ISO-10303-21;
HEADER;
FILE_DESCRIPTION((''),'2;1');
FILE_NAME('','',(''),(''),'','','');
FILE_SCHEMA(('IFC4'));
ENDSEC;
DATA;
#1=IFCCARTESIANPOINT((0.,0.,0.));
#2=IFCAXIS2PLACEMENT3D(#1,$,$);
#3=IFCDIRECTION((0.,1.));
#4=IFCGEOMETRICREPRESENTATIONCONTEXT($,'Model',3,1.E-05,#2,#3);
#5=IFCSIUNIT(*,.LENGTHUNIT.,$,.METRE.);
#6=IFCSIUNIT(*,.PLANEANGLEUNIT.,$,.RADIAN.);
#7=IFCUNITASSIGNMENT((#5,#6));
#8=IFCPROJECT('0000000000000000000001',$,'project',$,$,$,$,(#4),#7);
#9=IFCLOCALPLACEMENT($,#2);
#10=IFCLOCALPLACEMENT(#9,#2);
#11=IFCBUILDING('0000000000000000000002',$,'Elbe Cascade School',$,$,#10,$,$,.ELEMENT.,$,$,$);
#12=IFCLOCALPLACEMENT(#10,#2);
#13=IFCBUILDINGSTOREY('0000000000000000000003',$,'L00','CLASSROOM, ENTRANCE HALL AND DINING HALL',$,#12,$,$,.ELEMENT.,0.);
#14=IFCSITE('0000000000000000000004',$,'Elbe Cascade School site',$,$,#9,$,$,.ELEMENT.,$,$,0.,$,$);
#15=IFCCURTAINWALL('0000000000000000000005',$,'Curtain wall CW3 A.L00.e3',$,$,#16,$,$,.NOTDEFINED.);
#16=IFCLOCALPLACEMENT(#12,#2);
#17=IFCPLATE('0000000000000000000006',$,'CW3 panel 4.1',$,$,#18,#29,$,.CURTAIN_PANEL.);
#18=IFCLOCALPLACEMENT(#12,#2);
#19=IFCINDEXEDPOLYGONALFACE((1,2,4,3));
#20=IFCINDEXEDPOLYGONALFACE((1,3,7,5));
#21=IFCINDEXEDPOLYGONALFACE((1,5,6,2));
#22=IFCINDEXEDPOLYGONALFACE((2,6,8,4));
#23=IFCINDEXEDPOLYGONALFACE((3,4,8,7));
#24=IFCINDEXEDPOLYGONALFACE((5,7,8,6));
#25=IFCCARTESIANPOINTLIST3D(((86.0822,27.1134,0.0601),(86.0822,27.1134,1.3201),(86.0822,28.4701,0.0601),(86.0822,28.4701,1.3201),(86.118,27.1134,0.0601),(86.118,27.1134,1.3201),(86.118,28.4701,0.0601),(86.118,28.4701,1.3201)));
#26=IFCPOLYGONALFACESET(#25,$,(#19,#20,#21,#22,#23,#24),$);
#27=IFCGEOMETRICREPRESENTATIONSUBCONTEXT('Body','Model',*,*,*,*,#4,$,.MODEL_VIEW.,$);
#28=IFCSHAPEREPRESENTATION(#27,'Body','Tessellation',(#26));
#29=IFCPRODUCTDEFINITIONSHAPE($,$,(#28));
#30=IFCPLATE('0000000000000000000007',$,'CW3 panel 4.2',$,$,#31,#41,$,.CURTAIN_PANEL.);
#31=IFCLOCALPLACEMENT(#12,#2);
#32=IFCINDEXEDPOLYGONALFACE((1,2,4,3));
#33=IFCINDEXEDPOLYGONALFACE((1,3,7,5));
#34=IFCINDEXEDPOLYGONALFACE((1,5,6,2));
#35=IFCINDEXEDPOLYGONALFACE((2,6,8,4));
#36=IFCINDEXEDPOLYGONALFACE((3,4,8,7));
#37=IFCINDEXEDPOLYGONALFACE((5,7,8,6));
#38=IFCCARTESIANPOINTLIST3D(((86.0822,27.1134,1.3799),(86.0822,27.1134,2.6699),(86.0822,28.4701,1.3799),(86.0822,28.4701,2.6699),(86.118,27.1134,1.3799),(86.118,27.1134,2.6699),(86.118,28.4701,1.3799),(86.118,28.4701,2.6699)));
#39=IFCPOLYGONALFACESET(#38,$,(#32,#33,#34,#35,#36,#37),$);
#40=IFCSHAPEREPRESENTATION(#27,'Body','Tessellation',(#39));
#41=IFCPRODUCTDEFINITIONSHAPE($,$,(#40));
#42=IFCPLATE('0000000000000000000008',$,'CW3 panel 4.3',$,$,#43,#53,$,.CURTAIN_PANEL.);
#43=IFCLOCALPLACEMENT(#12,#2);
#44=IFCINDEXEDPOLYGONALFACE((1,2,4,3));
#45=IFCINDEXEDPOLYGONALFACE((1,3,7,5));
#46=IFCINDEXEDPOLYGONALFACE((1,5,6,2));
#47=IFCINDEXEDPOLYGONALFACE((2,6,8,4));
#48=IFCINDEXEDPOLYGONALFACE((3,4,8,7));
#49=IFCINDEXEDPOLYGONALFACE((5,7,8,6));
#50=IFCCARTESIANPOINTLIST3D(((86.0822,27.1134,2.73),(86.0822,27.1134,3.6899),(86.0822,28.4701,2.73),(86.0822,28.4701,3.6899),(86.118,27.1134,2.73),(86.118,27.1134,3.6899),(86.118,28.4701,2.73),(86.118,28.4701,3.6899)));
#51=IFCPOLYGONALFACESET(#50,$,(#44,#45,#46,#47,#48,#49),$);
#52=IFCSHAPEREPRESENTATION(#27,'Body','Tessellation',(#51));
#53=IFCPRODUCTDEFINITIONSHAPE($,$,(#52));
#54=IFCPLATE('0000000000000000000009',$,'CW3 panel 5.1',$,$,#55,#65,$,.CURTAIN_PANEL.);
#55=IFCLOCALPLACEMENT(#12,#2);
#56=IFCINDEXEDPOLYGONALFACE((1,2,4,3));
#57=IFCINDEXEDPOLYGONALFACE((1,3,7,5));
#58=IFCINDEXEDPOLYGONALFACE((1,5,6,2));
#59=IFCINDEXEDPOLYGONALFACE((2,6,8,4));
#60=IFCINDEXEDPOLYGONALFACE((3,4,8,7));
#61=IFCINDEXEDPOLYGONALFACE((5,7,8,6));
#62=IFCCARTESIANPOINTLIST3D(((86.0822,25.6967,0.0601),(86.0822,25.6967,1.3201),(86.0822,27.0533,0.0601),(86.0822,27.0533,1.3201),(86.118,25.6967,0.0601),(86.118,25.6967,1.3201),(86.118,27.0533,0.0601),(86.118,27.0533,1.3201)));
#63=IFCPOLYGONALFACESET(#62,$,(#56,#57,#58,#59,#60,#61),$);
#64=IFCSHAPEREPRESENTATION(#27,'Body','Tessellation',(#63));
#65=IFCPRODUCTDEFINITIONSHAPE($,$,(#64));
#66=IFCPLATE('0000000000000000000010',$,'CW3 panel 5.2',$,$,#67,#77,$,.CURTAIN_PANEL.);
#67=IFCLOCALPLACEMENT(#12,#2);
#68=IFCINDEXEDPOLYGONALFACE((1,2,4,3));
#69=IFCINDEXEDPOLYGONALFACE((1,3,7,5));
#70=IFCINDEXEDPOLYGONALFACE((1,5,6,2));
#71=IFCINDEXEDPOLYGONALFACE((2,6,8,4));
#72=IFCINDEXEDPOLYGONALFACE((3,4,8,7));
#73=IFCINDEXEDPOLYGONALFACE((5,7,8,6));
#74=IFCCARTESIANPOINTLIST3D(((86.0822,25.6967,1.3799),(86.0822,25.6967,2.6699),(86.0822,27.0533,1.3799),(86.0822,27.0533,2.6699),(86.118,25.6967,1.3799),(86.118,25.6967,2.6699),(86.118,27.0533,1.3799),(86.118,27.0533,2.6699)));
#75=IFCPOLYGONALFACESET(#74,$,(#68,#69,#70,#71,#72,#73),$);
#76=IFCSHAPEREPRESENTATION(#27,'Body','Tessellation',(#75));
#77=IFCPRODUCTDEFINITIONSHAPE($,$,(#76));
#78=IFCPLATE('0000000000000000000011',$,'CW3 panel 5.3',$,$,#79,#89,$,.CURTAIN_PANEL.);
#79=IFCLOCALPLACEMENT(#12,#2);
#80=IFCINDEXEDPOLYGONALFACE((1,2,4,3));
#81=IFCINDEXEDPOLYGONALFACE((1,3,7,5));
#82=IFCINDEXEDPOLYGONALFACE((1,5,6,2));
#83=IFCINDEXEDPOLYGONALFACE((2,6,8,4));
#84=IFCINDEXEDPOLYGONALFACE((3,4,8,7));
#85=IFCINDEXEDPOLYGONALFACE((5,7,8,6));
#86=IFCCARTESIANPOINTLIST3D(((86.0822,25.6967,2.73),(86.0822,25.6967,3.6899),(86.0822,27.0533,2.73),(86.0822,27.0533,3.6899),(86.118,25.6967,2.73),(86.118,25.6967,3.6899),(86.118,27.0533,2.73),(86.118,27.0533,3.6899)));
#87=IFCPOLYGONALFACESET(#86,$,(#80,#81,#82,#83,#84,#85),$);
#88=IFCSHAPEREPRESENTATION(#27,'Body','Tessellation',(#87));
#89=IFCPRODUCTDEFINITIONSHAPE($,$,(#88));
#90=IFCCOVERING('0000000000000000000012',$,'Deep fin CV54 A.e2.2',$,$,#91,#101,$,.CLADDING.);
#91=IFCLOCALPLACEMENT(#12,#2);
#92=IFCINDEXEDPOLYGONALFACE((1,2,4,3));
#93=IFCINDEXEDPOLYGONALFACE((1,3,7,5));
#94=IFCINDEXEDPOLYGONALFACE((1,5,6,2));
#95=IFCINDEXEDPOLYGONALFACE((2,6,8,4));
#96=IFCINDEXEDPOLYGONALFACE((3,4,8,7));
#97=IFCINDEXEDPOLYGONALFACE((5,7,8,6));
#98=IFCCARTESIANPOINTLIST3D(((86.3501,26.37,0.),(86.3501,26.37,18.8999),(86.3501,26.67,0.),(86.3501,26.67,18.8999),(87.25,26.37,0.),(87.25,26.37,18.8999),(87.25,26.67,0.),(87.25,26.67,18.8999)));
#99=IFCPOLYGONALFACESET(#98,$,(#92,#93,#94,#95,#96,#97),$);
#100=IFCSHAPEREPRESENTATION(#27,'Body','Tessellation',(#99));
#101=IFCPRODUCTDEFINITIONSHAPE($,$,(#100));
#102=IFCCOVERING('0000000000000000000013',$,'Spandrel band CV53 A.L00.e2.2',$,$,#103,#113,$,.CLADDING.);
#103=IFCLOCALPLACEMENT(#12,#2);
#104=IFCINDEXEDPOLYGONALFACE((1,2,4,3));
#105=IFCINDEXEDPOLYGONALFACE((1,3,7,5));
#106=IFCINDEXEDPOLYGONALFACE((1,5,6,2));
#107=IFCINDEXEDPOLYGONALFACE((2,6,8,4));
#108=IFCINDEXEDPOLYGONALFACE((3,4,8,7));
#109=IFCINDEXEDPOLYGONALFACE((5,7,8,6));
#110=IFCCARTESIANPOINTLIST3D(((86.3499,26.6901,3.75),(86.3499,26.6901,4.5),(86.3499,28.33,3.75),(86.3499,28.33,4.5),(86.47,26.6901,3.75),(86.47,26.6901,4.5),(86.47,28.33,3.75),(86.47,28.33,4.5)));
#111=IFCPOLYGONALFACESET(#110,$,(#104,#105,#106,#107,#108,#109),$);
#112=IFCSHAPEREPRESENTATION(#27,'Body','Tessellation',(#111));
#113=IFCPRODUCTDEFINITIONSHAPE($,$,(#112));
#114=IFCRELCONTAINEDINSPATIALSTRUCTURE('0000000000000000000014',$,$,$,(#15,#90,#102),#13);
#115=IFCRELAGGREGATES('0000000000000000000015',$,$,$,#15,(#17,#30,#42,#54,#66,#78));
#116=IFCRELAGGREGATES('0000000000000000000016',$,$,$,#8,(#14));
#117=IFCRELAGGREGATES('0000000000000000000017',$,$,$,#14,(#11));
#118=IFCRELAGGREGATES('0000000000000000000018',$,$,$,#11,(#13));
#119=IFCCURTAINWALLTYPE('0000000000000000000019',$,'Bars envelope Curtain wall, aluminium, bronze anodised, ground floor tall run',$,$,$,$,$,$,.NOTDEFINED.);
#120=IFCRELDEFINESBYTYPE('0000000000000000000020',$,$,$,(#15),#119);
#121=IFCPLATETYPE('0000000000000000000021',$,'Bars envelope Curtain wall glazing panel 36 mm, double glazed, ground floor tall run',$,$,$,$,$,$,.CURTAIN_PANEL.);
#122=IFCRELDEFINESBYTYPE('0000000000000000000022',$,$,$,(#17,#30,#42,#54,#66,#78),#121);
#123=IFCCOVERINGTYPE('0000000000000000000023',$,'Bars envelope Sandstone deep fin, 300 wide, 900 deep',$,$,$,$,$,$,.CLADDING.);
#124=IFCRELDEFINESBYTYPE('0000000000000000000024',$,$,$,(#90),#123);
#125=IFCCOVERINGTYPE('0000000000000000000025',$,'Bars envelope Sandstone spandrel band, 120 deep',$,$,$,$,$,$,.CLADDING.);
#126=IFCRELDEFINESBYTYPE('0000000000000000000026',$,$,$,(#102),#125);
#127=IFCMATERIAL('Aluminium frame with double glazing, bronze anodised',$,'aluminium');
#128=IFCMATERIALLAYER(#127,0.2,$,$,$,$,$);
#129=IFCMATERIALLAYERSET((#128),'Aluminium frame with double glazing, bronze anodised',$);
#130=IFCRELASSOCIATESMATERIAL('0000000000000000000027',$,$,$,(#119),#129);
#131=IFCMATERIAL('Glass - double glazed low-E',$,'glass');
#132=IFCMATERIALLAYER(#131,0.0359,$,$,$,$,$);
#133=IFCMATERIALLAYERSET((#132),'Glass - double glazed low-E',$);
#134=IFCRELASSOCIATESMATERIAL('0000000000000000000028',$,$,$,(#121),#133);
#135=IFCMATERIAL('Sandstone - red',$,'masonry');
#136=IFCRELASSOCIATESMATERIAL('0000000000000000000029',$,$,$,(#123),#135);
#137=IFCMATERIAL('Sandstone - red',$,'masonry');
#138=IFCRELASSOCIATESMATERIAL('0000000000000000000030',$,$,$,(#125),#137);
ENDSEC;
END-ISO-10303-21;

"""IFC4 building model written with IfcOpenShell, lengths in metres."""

from ifc_helpers import new_model, si_unit, direction, frame, origin, origin_2d, place, context, subcontext, project, spatial, rectangle, extrude, material, layer, layer_set, type_object, element, aggregate, save


model = new_model("IFC4")

# Units and contexts
model_context = context("Model", 3, precision=1e-05, world=origin(), true_north=direction((0.0, 1.0)))
body_context = subcontext(model_context, "Body", "Model", "MODEL_VIEW")
ifc_project = project(units=[si_unit("LENGTHUNIT", "METRE"), si_unit("PLANEANGLEUNIT", "RADIAN")], contexts=[model_context])

# Site, building, storey
site_placement = place(None, origin())
site = spatial("IfcSite", under=ifc_project, at=site_placement, Name="Elbe Cascade School site", CompositionType="ELEMENT", RefElevation=0.0)
building_placement = place(site_placement, origin())
building = spatial("IfcBuilding", under=site, at=building_placement, Name="Elbe Cascade School", CompositionType="ELEMENT")
storey_placement = place(building_placement, origin())
storey = spatial("IfcBuildingStorey", under=building, at=storey_placement, Name="L00", Description="CLASSROOM, ENTRANCE HALL AND DINING HALL", CompositionType="ELEMENT", Elevation=0.0)

# Curtain wall, plates
ifc_material_1 = material(Name="Aluminium frame with double glazing, bronze anodised", Category="aluminium")
ifc_layer_1 = layer(ifc_material_1, 0.2)
ifc_layer_set_1 = layer_set([ifc_layer_1], Name="Aluminium frame with double glazing, bronze anodised")
curtain_wall_type = type_object("IfcCurtainWallType", Name="Bars envelope Curtain wall, aluminium, bronze anodised, ground floor tall run", PredefinedType="NOTDEFINED", material=ifc_layer_set_1)
curtain_wall_placement = place(storey_placement, origin())
curtain_wall = element("IfcCurtainWall", 1, at=curtain_wall_placement, inside=storey, type_object=curtain_wall_type, Name="Curtain wall CW3 A.L00.e3", PredefinedType="NOTDEFINED")
ifc_material_2 = material(Name="Glass - double glazed low-E", Category="glass")
ifc_layer_2 = layer(ifc_material_2, 0.0359)
ifc_layer_set_2 = layer_set([ifc_layer_2], Name="Glass - double glazed low-E")
plate_type = type_object("IfcPlateType", Name="Bars envelope Curtain wall glazing panel 36 mm, double glazed, ground floor tall run", PredefinedType="CURTAIN_PANEL", material=ifc_layer_set_2)
plate_1_placement = place(storey_placement, frame((86.1001, 27.7917, 0.0601), z_axis=(0.0, 0.0, 1.0), x_axis=(0.0, -1.0, 0.0)))
plate_1 = element("IfcPlate", 2, at=plate_1_placement, type_object=plate_type, Name="CW3 panel 4.1", PredefinedType="CURTAIN_PANEL", context=body_context, shape_type="SweptSolid", body=[
    extrude(rectangle(XDim=1.3567, YDim=0.0359, at=origin_2d()), origin(), (0.0, 0.0, 1.0), 1.26),
])
plate_2_placement = place(storey_placement, frame((86.1001, 27.7917, 1.3799), z_axis=(0.0, 0.0, 1.0), x_axis=(0.0, -1.0, 0.0)))
plate_2 = element("IfcPlate", 3, at=plate_2_placement, type_object=plate_type, Name="CW3 panel 4.2", PredefinedType="CURTAIN_PANEL", context=body_context, shape_type="SweptSolid", body=[
    extrude(rectangle(XDim=1.3567, YDim=0.0359, at=origin_2d()), origin(), (0.0, 0.0, 1.0), 1.29),
])
plate_3_placement = place(storey_placement, frame((86.1001, 27.7917, 2.73), z_axis=(0.0, 0.0, 1.0), x_axis=(0.0, -1.0, 0.0)))
plate_3 = element("IfcPlate", 4, at=plate_3_placement, type_object=plate_type, Name="CW3 panel 4.3", PredefinedType="CURTAIN_PANEL", context=body_context, shape_type="SweptSolid", body=[
    extrude(rectangle(XDim=1.3567, YDim=0.0359, at=origin_2d()), origin(), (0.0, 0.0, 1.0), 0.96),
])
plate_4_placement = place(storey_placement, frame((86.1001, 26.375, 0.0601), z_axis=(0.0, 0.0, 1.0), x_axis=(0.0, -1.0, 0.0)))
plate_4 = element("IfcPlate", 5, at=plate_4_placement, type_object=plate_type, Name="CW3 panel 5.1", PredefinedType="CURTAIN_PANEL", context=body_context, shape_type="SweptSolid", body=[
    extrude(rectangle(XDim=1.3567, YDim=0.0359, at=origin_2d()), origin(), (0.0, 0.0, 1.0), 1.26),
])
plate_5_placement = place(storey_placement, frame((86.1001, 26.375, 1.3799), z_axis=(0.0, 0.0, 1.0), x_axis=(0.0, -1.0, 0.0)))
plate_5 = element("IfcPlate", 6, at=plate_5_placement, type_object=plate_type, Name="CW3 panel 5.2", PredefinedType="CURTAIN_PANEL", context=body_context, shape_type="SweptSolid", body=[
    extrude(rectangle(XDim=1.3567, YDim=0.0359, at=origin_2d()), origin(), (0.0, 0.0, 1.0), 1.29),
])
plate_6_placement = place(storey_placement, frame((86.1001, 26.375, 2.73), z_axis=(0.0, 0.0, 1.0), x_axis=(0.0, -1.0, 0.0)))
plate_6 = element("IfcPlate", 7, at=plate_6_placement, type_object=plate_type, Name="CW3 panel 5.3", PredefinedType="CURTAIN_PANEL", context=body_context, shape_type="SweptSolid", body=[
    extrude(rectangle(XDim=1.3567, YDim=0.0359, at=origin_2d()), origin(), (0.0, 0.0, 1.0), 0.96),
])
aggregate(curtain_wall, [plate_1, plate_2, plate_3, plate_4, plate_5, plate_6])

# Coverings
ifc_material_3 = material(Name="Sandstone - red", Category="masonry")
covering_type_1 = type_object("IfcCoveringType", Name="Bars envelope Sandstone deep fin, 300 wide, 900 deep", PredefinedType="CLADDING", material=ifc_material_3)
covering_1_placement = place(storey_placement, frame((86.8, 26.52, 0.0), z_axis=(0.0, 0.0, 1.0), x_axis=(0.0, 1.0, 0.0)))
element("IfcCovering", 8, at=covering_1_placement, inside=storey, type_object=covering_type_1, Name="Deep fin CV54 A.e2.2", PredefinedType="CLADDING", context=body_context, shape_type="SweptSolid", body=[
    extrude(rectangle(XDim=0.3, YDim=0.8999, at=origin_2d()), origin(), (0.0, 0.0, 1.0), 18.8999),
])
ifc_material_4 = material(Name="Sandstone - red", Category="masonry")
covering_type_2 = type_object("IfcCoveringType", Name="Bars envelope Sandstone spandrel band, 120 deep", PredefinedType="CLADDING", material=ifc_material_4)
covering_2_placement = place(storey_placement, frame((86.4099, 27.51, 3.75), z_axis=(0.0, 0.0, 1.0), x_axis=(0.0, 1.0, 0.0)))
element("IfcCovering", 9, at=covering_2_placement, inside=storey, type_object=covering_type_2, Name="Spandrel band CV53 A.L00.e2.2", PredefinedType="CLADDING", context=body_context, shape_type="SweptSolid", body=[
    extrude(rectangle(XDim=1.6399, YDim=0.1201, at=origin_2d()), origin(), (0.0, 0.0, 1.0), 0.75),
])

save(model, "model.ifc")
